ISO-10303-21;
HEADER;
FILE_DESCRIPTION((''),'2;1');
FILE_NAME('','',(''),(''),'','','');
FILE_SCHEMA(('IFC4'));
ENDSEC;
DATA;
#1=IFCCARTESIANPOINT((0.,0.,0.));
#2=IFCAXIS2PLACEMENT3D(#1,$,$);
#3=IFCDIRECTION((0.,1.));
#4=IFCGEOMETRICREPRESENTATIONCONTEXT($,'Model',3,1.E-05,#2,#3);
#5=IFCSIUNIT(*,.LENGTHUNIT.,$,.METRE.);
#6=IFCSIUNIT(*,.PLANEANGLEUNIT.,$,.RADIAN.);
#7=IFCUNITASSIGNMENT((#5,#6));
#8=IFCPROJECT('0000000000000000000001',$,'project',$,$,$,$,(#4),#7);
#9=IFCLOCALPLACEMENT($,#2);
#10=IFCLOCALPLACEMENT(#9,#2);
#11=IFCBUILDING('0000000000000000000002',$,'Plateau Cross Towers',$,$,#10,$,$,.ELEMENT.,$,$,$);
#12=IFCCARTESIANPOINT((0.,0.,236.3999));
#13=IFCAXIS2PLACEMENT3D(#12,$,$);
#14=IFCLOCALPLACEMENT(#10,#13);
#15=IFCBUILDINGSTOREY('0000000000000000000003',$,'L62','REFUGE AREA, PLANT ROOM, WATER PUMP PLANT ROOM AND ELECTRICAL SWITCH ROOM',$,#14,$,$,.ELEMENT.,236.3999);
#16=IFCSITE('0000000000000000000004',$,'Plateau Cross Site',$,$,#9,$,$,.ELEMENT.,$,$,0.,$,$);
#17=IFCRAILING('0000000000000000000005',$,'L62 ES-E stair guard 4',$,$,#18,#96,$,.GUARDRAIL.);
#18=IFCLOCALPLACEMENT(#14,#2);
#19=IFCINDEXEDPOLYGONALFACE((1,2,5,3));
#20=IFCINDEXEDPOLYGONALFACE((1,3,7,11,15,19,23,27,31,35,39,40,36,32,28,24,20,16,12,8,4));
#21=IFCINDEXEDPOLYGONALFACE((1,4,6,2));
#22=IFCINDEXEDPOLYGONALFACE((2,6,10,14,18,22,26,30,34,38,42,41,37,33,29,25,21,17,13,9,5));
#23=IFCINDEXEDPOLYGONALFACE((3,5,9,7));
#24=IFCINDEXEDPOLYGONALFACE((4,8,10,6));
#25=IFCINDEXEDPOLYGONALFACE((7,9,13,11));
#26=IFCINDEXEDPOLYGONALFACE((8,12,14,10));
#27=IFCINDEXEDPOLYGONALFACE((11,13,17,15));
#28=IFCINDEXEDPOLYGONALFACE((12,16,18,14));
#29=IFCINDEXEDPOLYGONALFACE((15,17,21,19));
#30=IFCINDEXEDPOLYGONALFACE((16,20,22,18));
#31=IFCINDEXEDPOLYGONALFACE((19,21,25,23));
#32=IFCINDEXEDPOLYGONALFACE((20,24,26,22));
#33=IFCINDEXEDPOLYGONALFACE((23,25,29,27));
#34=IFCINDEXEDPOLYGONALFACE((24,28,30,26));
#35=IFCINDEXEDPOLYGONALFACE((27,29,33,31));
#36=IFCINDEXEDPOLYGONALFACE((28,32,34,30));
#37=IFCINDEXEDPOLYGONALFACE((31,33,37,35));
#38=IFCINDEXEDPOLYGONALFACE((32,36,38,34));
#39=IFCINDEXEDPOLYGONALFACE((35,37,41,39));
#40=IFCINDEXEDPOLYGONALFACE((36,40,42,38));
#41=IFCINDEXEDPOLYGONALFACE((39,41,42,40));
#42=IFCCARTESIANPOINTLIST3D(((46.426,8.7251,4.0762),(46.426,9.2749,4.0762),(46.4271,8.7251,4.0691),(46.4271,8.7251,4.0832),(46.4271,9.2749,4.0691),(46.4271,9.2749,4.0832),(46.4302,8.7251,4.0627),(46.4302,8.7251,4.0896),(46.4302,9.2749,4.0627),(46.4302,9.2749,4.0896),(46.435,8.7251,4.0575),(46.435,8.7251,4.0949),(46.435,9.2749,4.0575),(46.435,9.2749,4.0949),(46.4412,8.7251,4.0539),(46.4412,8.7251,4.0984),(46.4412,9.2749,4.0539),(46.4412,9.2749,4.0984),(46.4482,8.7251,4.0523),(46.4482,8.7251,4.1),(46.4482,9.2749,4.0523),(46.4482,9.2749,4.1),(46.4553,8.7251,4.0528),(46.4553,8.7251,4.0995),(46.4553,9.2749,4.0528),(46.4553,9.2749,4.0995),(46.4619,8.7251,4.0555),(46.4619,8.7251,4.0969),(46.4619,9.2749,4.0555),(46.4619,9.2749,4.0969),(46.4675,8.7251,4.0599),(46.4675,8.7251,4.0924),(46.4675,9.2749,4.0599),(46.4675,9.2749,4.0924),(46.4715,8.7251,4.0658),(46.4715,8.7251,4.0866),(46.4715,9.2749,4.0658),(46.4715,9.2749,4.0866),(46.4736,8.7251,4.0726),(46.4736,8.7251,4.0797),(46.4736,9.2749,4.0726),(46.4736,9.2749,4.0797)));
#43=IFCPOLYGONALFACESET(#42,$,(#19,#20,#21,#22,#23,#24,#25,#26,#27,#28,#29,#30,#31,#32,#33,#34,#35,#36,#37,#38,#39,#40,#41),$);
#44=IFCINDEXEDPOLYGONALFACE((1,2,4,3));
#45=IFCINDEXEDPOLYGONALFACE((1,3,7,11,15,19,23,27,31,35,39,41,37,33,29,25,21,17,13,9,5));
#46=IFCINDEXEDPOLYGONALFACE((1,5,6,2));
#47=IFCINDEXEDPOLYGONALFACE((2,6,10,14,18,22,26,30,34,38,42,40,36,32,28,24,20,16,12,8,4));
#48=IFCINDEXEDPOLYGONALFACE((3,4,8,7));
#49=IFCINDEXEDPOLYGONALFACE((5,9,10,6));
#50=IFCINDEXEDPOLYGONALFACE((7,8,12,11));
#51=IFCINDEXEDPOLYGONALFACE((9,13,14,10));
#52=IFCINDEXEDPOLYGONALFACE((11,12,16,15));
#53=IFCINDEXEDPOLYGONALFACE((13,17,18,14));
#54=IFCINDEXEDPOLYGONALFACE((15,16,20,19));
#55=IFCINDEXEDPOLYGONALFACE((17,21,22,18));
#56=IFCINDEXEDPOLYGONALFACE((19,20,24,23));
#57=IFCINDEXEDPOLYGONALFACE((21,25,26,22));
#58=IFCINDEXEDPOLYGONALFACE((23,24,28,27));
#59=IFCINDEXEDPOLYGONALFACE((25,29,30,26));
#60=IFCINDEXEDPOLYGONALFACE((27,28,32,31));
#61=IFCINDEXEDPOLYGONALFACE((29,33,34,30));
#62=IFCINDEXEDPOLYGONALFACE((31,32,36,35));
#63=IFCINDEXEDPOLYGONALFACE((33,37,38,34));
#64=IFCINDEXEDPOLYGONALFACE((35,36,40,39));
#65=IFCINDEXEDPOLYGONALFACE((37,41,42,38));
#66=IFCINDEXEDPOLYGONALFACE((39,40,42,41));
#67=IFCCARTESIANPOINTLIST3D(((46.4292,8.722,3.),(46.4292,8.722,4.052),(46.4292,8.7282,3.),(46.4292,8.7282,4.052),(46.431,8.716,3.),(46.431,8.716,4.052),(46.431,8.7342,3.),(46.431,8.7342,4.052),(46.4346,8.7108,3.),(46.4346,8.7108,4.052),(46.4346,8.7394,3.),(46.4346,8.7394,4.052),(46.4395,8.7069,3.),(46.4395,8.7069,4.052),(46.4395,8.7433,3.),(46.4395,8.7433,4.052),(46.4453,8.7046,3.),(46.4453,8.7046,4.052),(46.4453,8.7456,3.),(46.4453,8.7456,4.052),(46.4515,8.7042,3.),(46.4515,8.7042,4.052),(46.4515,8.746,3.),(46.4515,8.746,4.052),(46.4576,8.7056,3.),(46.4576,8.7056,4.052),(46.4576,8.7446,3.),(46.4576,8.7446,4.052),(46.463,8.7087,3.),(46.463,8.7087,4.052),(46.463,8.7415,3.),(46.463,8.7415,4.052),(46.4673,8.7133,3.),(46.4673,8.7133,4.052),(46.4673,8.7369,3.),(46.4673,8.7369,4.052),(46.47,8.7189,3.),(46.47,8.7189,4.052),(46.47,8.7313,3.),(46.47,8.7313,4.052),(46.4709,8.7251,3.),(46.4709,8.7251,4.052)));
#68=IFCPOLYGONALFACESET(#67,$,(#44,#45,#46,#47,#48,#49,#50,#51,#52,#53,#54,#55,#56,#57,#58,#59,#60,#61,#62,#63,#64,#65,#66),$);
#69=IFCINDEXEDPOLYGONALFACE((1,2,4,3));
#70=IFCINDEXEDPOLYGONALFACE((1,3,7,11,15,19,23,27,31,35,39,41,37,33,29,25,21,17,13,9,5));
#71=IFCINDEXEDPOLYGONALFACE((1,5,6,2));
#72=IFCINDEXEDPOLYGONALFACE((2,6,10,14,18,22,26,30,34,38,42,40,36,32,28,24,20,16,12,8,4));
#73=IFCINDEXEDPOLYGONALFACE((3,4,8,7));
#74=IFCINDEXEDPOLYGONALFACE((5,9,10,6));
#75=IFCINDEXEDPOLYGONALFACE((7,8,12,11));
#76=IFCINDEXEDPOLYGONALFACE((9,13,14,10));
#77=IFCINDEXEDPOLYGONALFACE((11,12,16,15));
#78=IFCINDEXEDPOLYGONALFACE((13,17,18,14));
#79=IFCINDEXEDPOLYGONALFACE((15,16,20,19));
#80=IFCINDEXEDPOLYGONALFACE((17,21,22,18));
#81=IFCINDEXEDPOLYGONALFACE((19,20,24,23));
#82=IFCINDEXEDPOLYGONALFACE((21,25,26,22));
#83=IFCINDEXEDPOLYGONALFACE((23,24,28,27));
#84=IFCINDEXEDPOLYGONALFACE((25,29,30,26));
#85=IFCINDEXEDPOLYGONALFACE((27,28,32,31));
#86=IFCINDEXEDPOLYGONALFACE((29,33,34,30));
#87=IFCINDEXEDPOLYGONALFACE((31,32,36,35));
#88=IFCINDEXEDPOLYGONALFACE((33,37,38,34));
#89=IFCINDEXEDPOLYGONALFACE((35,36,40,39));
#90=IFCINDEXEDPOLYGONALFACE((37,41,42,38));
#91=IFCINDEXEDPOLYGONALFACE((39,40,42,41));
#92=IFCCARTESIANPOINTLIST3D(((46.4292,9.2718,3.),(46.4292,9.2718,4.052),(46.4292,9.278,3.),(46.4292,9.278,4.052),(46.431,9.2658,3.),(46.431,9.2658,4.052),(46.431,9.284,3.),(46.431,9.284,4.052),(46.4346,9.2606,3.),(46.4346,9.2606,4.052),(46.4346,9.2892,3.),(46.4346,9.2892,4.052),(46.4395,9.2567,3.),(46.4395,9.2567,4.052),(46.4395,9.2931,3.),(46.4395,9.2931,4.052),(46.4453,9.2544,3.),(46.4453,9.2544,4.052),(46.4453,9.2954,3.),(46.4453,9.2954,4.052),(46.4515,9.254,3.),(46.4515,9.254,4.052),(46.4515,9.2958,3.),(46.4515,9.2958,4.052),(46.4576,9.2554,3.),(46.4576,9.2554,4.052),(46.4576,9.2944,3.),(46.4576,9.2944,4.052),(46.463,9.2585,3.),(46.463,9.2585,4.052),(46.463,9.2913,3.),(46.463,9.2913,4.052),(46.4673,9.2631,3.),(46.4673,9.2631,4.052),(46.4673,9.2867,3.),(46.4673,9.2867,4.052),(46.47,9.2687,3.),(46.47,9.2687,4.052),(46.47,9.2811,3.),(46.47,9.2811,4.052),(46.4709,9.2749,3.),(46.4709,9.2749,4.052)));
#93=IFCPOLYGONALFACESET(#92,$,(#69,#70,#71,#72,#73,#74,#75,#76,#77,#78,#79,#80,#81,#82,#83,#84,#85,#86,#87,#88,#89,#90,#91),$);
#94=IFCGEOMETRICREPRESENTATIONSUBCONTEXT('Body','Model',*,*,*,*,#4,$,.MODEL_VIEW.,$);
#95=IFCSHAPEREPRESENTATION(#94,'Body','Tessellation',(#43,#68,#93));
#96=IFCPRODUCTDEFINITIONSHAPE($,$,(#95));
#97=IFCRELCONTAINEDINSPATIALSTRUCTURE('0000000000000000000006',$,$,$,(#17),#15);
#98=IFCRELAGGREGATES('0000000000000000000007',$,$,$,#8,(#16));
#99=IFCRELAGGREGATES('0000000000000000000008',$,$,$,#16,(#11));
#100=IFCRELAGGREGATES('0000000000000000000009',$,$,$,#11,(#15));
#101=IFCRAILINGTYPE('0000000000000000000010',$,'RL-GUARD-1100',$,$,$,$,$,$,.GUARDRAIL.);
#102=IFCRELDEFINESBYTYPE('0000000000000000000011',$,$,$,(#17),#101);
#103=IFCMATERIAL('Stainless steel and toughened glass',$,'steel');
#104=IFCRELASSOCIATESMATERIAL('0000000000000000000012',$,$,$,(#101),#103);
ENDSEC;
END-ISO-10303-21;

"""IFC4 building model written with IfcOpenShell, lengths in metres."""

from ifc_helpers import new_model, si_unit, direction, frame, origin, origin_2d, place, context, subcontext, project, spatial, circle, extrude, material, type_object, element, save


model = new_model("IFC4")

# Units and contexts
model_context = context("Model", 3, precision=1e-05, world=origin(), true_north=direction((0.0, 1.0)))
body_context = subcontext(model_context, "Body", "Model", "MODEL_VIEW")
ifc_project = project(units=[si_unit("LENGTHUNIT", "METRE"), si_unit("PLANEANGLEUNIT", "RADIAN")], contexts=[model_context])

# Site, building, storey
site_placement = place(None, origin())
site = spatial("IfcSite", under=ifc_project, at=site_placement, Name="Plateau Cross Site", CompositionType="ELEMENT", RefElevation=0.0)
building_placement = place(site_placement, origin())
building = spatial("IfcBuilding", under=site, at=building_placement, Name="Plateau Cross Towers", CompositionType="ELEMENT")
storey_placement = place(building_placement, frame((0.0, 0.0, 236.3999)))
storey = spatial("IfcBuildingStorey", under=building, at=storey_placement, Name="L62", Description="REFUGE AREA, PLANT ROOM, WATER PUMP PLANT ROOM AND ELECTRICAL SWITCH ROOM", CompositionType="ELEMENT", Elevation=236.3999)

# Railing
ifc_material_1 = material(Name="Stainless steel and toughened glass", Category="steel")
railing_type_1 = type_object("IfcRailingType", Name="RL-GUARD-1100", PredefinedType="GUARDRAIL", material=ifc_material_1)
railing_1_placement = place(storey_placement, frame((46.45, 8.7251, 3.0)))
element("IfcRailing", 1, at=railing_1_placement, inside=storey, type_object=railing_type_1, Name="L62 ES-E stair guard 4", PredefinedType="GUARDRAIL", context=body_context, shape_type="SweptSolid", body=[
    extrude(circle(Radius=0.0239, at=origin_2d()), frame((0.0, 0.0, 1.0762), z_axis=(0.0, 1.0, 0.0), x_axis=(-1.0, 0.0, 0.0)), (0.0, 0.0, 1.0), 0.5498),
    extrude(circle(Radius=0.021, at=origin_2d()), origin(), (0.0, 0.0, 1.0), 1.052),
    extrude(circle(Radius=0.021, at=origin_2d()), frame((0.0, 0.5498, 0.0)), (0.0, 0.0, 1.0), 1.052),
])

save(model, "model.ifc")
